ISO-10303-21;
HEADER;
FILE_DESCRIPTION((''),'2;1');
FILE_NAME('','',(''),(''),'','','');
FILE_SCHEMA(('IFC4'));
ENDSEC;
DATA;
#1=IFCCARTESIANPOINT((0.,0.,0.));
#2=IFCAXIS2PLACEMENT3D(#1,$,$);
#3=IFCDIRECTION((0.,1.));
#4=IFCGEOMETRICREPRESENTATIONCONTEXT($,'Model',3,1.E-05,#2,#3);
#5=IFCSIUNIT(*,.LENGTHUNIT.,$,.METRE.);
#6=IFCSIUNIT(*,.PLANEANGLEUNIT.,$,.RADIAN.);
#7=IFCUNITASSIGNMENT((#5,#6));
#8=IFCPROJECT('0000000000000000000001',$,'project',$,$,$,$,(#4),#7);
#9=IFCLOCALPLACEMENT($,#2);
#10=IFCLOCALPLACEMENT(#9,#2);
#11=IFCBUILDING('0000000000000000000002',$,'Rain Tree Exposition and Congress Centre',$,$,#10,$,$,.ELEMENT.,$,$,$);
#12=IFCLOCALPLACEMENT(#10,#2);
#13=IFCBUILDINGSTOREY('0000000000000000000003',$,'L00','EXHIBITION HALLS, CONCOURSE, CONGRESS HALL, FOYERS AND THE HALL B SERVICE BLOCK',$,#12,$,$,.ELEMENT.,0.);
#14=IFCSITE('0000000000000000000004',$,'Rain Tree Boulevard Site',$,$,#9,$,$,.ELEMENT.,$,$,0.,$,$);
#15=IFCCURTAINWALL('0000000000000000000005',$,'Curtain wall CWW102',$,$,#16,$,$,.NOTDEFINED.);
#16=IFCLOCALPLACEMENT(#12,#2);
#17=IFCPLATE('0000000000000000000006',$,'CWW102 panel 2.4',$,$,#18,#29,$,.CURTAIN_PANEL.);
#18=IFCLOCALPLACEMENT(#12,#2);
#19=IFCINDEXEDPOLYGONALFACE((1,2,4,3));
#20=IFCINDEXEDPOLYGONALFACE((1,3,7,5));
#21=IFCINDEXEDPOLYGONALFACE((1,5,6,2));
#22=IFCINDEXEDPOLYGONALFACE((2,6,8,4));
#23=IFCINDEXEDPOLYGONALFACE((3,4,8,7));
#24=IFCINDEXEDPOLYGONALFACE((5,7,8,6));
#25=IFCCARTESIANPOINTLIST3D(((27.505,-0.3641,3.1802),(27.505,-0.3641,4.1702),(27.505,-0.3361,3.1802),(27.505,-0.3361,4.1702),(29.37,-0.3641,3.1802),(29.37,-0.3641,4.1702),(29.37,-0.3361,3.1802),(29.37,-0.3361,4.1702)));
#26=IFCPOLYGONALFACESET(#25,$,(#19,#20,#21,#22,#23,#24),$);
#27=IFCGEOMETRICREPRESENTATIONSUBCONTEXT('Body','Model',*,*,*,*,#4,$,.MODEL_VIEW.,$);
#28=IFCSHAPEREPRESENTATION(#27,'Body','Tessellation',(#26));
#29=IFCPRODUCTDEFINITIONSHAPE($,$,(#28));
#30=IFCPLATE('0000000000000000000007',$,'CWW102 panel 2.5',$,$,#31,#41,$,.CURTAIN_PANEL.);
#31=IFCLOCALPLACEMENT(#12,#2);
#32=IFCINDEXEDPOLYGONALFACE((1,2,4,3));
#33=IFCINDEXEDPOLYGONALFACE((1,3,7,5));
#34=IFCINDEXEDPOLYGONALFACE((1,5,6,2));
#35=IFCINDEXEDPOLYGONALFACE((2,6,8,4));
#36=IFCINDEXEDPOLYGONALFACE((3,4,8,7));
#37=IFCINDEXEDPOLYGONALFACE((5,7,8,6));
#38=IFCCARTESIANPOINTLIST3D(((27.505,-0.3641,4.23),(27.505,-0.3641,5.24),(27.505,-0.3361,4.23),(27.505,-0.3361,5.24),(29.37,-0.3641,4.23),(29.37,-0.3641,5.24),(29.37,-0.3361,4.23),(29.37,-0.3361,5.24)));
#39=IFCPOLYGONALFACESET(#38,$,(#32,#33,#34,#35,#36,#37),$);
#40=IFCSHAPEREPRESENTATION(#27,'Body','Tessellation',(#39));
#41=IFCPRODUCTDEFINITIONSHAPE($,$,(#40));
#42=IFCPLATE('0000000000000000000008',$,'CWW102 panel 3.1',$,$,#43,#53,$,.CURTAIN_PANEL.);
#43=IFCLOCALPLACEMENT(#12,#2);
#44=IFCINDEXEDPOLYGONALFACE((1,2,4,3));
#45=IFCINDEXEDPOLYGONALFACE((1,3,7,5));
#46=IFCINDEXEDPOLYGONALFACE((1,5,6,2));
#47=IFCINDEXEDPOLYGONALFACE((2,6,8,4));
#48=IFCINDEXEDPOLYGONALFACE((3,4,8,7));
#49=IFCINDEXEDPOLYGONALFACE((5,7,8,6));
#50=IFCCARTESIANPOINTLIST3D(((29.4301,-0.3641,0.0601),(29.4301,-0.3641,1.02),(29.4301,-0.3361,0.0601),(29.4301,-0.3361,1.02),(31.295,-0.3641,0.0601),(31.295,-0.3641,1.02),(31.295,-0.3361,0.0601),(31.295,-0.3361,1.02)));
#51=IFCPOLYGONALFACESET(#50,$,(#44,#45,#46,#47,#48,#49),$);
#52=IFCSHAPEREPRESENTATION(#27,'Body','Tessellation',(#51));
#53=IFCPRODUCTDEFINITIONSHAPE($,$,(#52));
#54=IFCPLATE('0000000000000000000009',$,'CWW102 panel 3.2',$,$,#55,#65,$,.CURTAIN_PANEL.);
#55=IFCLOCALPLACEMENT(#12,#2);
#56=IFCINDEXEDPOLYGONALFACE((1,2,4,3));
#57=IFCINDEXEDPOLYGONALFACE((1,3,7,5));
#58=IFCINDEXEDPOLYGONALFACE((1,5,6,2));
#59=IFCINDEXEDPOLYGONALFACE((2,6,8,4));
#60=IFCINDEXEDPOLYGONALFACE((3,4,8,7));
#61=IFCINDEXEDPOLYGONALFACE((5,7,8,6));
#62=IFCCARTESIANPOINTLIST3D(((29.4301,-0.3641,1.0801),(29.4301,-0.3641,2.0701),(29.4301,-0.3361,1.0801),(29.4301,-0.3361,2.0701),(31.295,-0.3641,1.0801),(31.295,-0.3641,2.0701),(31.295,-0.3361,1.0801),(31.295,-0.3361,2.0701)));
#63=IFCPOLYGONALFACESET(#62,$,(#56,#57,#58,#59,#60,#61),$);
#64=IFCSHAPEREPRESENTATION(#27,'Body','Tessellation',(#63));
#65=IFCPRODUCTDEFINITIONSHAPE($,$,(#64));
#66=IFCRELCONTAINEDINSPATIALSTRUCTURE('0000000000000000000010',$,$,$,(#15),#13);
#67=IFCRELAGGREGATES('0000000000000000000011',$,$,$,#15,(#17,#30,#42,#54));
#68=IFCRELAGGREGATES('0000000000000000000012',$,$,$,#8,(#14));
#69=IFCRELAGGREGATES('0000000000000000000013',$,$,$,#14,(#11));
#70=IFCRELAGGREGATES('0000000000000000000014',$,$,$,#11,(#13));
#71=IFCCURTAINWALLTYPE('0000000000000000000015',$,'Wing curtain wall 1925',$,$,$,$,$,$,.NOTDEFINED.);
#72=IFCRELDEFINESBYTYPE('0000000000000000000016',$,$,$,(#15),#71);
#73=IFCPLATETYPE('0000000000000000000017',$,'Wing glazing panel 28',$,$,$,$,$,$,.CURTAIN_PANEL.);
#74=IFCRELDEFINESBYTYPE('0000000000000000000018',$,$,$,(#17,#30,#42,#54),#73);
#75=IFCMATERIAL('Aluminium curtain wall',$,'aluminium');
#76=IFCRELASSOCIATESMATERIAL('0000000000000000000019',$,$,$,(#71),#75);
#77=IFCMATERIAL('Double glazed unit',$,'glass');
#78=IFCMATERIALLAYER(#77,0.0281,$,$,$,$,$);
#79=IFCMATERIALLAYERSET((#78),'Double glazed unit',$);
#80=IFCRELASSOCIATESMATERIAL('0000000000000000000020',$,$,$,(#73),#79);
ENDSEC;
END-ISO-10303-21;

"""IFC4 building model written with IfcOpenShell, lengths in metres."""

from ifc_helpers import new_model, si_unit, direction, frame, origin, origin_2d, place, context, subcontext, project, spatial, rectangle, extrude, material, layer, layer_set, type_object, element, aggregate, save


model = new_model("IFC4")

# Units and contexts
model_context = context("Model", 3, precision=1e-05, world=origin(), true_north=direction((0.0, 1.0)))
body_context = subcontext(model_context, "Body", "Model", "MODEL_VIEW")
ifc_project = project(units=[si_unit("LENGTHUNIT", "METRE"), si_unit("PLANEANGLEUNIT", "RADIAN")], contexts=[model_context])

# Site, building, storey
site_placement = place(None, origin())
site = spatial("IfcSite", under=ifc_project, at=site_placement, Name="Rain Tree Boulevard Site", CompositionType="ELEMENT", RefElevation=0.0)
building_placement = place(site_placement, origin())
building = spatial("IfcBuilding", under=site, at=building_placement, Name="Rain Tree Exposition and Congress Centre", CompositionType="ELEMENT")
storey_placement = place(building_placement, origin())
storey = spatial("IfcBuildingStorey", under=building, at=storey_placement, Name="L00", Description="EXHIBITION HALLS, CONCOURSE, CONGRESS HALL, FOYERS AND THE HALL B SERVICE BLOCK", CompositionType="ELEMENT", Elevation=0.0)

# Curtain wall, plates
ifc_material_1 = material(Name="Aluminium curtain wall", Category="aluminium")
curtain_wall_type = type_object("IfcCurtainWallType", Name="Wing curtain wall 1925", PredefinedType="NOTDEFINED", material=ifc_material_1)
curtain_wall_placement = place(storey_placement, origin())
curtain_wall = element("IfcCurtainWall", 1, at=curtain_wall_placement, inside=storey, type_object=curtain_wall_type, Name="Curtain wall CWW102", PredefinedType="NOTDEFINED")
ifc_material_2 = material(Name="Double glazed unit", Category="glass")
ifc_layer_1 = layer(ifc_material_2, 0.0281)
ifc_layer_set_1 = layer_set([ifc_layer_1], Name="Double glazed unit")
plate_type = type_object("IfcPlateType", Name="Wing glazing panel 28", PredefinedType="CURTAIN_PANEL", material=ifc_layer_set_1)
plate_1_placement = place(storey_placement, frame((28.4375, -0.3501, 3.1802), z_axis=(0.0, 0.0, 1.0), x_axis=(1.0, 0.0, 0.0)))
plate_1 = element("IfcPlate", 2, at=plate_1_placement, type_object=plate_type, Name="CWW102 panel 2.4", PredefinedType="CURTAIN_PANEL", context=body_context, shape_type="SweptSolid", body=[
    extrude(rectangle(XDim=1.865, YDim=0.0281, at=origin_2d()), origin(), (0.0, 0.0, 1.0), 0.99),
])
plate_2_placement = place(storey_placement, frame((28.4375, -0.3501, 4.23), z_axis=(0.0, 0.0, 1.0), x_axis=(1.0, 0.0, 0.0)))
plate_2 = element("IfcPlate", 3, at=plate_2_placement, type_object=plate_type, Name="CWW102 panel 2.5", PredefinedType="CURTAIN_PANEL", context=body_context, shape_type="SweptSolid", body=[
    extrude(rectangle(XDim=1.865, YDim=0.0281, at=origin_2d()), origin(), (0.0, 0.0, 1.0), 1.01),
])
plate_3_placement = place(storey_placement, frame((30.3625, -0.3501, 0.0601), z_axis=(0.0, 0.0, 1.0), x_axis=(1.0, 0.0, 0.0)))
plate_3 = element("IfcPlate", 4, at=plate_3_placement, type_object=plate_type, Name="CWW102 panel 3.1", PredefinedType="CURTAIN_PANEL", context=body_context, shape_type="SweptSolid", body=[
    extrude(rectangle(XDim=1.865, YDim=0.0281, at=origin_2d()), origin(), (0.0, 0.0, 1.0), 0.96),
])
plate_4_placement = place(storey_placement, frame((30.3625, -0.3501, 1.0801), z_axis=(0.0, 0.0, 1.0), x_axis=(1.0, 0.0, 0.0)))
plate_4 = element("IfcPlate", 5, at=plate_4_placement, type_object=plate_type, Name="CWW102 panel 3.2", PredefinedType="CURTAIN_PANEL", context=body_context, shape_type="SweptSolid", body=[
    extrude(rectangle(XDim=1.865, YDim=0.0281, at=origin_2d()), origin(), (0.0, 0.0, 1.0), 0.99),
])
aggregate(curtain_wall, [plate_1, plate_2, plate_3, plate_4])

save(model, "model.ifc")
